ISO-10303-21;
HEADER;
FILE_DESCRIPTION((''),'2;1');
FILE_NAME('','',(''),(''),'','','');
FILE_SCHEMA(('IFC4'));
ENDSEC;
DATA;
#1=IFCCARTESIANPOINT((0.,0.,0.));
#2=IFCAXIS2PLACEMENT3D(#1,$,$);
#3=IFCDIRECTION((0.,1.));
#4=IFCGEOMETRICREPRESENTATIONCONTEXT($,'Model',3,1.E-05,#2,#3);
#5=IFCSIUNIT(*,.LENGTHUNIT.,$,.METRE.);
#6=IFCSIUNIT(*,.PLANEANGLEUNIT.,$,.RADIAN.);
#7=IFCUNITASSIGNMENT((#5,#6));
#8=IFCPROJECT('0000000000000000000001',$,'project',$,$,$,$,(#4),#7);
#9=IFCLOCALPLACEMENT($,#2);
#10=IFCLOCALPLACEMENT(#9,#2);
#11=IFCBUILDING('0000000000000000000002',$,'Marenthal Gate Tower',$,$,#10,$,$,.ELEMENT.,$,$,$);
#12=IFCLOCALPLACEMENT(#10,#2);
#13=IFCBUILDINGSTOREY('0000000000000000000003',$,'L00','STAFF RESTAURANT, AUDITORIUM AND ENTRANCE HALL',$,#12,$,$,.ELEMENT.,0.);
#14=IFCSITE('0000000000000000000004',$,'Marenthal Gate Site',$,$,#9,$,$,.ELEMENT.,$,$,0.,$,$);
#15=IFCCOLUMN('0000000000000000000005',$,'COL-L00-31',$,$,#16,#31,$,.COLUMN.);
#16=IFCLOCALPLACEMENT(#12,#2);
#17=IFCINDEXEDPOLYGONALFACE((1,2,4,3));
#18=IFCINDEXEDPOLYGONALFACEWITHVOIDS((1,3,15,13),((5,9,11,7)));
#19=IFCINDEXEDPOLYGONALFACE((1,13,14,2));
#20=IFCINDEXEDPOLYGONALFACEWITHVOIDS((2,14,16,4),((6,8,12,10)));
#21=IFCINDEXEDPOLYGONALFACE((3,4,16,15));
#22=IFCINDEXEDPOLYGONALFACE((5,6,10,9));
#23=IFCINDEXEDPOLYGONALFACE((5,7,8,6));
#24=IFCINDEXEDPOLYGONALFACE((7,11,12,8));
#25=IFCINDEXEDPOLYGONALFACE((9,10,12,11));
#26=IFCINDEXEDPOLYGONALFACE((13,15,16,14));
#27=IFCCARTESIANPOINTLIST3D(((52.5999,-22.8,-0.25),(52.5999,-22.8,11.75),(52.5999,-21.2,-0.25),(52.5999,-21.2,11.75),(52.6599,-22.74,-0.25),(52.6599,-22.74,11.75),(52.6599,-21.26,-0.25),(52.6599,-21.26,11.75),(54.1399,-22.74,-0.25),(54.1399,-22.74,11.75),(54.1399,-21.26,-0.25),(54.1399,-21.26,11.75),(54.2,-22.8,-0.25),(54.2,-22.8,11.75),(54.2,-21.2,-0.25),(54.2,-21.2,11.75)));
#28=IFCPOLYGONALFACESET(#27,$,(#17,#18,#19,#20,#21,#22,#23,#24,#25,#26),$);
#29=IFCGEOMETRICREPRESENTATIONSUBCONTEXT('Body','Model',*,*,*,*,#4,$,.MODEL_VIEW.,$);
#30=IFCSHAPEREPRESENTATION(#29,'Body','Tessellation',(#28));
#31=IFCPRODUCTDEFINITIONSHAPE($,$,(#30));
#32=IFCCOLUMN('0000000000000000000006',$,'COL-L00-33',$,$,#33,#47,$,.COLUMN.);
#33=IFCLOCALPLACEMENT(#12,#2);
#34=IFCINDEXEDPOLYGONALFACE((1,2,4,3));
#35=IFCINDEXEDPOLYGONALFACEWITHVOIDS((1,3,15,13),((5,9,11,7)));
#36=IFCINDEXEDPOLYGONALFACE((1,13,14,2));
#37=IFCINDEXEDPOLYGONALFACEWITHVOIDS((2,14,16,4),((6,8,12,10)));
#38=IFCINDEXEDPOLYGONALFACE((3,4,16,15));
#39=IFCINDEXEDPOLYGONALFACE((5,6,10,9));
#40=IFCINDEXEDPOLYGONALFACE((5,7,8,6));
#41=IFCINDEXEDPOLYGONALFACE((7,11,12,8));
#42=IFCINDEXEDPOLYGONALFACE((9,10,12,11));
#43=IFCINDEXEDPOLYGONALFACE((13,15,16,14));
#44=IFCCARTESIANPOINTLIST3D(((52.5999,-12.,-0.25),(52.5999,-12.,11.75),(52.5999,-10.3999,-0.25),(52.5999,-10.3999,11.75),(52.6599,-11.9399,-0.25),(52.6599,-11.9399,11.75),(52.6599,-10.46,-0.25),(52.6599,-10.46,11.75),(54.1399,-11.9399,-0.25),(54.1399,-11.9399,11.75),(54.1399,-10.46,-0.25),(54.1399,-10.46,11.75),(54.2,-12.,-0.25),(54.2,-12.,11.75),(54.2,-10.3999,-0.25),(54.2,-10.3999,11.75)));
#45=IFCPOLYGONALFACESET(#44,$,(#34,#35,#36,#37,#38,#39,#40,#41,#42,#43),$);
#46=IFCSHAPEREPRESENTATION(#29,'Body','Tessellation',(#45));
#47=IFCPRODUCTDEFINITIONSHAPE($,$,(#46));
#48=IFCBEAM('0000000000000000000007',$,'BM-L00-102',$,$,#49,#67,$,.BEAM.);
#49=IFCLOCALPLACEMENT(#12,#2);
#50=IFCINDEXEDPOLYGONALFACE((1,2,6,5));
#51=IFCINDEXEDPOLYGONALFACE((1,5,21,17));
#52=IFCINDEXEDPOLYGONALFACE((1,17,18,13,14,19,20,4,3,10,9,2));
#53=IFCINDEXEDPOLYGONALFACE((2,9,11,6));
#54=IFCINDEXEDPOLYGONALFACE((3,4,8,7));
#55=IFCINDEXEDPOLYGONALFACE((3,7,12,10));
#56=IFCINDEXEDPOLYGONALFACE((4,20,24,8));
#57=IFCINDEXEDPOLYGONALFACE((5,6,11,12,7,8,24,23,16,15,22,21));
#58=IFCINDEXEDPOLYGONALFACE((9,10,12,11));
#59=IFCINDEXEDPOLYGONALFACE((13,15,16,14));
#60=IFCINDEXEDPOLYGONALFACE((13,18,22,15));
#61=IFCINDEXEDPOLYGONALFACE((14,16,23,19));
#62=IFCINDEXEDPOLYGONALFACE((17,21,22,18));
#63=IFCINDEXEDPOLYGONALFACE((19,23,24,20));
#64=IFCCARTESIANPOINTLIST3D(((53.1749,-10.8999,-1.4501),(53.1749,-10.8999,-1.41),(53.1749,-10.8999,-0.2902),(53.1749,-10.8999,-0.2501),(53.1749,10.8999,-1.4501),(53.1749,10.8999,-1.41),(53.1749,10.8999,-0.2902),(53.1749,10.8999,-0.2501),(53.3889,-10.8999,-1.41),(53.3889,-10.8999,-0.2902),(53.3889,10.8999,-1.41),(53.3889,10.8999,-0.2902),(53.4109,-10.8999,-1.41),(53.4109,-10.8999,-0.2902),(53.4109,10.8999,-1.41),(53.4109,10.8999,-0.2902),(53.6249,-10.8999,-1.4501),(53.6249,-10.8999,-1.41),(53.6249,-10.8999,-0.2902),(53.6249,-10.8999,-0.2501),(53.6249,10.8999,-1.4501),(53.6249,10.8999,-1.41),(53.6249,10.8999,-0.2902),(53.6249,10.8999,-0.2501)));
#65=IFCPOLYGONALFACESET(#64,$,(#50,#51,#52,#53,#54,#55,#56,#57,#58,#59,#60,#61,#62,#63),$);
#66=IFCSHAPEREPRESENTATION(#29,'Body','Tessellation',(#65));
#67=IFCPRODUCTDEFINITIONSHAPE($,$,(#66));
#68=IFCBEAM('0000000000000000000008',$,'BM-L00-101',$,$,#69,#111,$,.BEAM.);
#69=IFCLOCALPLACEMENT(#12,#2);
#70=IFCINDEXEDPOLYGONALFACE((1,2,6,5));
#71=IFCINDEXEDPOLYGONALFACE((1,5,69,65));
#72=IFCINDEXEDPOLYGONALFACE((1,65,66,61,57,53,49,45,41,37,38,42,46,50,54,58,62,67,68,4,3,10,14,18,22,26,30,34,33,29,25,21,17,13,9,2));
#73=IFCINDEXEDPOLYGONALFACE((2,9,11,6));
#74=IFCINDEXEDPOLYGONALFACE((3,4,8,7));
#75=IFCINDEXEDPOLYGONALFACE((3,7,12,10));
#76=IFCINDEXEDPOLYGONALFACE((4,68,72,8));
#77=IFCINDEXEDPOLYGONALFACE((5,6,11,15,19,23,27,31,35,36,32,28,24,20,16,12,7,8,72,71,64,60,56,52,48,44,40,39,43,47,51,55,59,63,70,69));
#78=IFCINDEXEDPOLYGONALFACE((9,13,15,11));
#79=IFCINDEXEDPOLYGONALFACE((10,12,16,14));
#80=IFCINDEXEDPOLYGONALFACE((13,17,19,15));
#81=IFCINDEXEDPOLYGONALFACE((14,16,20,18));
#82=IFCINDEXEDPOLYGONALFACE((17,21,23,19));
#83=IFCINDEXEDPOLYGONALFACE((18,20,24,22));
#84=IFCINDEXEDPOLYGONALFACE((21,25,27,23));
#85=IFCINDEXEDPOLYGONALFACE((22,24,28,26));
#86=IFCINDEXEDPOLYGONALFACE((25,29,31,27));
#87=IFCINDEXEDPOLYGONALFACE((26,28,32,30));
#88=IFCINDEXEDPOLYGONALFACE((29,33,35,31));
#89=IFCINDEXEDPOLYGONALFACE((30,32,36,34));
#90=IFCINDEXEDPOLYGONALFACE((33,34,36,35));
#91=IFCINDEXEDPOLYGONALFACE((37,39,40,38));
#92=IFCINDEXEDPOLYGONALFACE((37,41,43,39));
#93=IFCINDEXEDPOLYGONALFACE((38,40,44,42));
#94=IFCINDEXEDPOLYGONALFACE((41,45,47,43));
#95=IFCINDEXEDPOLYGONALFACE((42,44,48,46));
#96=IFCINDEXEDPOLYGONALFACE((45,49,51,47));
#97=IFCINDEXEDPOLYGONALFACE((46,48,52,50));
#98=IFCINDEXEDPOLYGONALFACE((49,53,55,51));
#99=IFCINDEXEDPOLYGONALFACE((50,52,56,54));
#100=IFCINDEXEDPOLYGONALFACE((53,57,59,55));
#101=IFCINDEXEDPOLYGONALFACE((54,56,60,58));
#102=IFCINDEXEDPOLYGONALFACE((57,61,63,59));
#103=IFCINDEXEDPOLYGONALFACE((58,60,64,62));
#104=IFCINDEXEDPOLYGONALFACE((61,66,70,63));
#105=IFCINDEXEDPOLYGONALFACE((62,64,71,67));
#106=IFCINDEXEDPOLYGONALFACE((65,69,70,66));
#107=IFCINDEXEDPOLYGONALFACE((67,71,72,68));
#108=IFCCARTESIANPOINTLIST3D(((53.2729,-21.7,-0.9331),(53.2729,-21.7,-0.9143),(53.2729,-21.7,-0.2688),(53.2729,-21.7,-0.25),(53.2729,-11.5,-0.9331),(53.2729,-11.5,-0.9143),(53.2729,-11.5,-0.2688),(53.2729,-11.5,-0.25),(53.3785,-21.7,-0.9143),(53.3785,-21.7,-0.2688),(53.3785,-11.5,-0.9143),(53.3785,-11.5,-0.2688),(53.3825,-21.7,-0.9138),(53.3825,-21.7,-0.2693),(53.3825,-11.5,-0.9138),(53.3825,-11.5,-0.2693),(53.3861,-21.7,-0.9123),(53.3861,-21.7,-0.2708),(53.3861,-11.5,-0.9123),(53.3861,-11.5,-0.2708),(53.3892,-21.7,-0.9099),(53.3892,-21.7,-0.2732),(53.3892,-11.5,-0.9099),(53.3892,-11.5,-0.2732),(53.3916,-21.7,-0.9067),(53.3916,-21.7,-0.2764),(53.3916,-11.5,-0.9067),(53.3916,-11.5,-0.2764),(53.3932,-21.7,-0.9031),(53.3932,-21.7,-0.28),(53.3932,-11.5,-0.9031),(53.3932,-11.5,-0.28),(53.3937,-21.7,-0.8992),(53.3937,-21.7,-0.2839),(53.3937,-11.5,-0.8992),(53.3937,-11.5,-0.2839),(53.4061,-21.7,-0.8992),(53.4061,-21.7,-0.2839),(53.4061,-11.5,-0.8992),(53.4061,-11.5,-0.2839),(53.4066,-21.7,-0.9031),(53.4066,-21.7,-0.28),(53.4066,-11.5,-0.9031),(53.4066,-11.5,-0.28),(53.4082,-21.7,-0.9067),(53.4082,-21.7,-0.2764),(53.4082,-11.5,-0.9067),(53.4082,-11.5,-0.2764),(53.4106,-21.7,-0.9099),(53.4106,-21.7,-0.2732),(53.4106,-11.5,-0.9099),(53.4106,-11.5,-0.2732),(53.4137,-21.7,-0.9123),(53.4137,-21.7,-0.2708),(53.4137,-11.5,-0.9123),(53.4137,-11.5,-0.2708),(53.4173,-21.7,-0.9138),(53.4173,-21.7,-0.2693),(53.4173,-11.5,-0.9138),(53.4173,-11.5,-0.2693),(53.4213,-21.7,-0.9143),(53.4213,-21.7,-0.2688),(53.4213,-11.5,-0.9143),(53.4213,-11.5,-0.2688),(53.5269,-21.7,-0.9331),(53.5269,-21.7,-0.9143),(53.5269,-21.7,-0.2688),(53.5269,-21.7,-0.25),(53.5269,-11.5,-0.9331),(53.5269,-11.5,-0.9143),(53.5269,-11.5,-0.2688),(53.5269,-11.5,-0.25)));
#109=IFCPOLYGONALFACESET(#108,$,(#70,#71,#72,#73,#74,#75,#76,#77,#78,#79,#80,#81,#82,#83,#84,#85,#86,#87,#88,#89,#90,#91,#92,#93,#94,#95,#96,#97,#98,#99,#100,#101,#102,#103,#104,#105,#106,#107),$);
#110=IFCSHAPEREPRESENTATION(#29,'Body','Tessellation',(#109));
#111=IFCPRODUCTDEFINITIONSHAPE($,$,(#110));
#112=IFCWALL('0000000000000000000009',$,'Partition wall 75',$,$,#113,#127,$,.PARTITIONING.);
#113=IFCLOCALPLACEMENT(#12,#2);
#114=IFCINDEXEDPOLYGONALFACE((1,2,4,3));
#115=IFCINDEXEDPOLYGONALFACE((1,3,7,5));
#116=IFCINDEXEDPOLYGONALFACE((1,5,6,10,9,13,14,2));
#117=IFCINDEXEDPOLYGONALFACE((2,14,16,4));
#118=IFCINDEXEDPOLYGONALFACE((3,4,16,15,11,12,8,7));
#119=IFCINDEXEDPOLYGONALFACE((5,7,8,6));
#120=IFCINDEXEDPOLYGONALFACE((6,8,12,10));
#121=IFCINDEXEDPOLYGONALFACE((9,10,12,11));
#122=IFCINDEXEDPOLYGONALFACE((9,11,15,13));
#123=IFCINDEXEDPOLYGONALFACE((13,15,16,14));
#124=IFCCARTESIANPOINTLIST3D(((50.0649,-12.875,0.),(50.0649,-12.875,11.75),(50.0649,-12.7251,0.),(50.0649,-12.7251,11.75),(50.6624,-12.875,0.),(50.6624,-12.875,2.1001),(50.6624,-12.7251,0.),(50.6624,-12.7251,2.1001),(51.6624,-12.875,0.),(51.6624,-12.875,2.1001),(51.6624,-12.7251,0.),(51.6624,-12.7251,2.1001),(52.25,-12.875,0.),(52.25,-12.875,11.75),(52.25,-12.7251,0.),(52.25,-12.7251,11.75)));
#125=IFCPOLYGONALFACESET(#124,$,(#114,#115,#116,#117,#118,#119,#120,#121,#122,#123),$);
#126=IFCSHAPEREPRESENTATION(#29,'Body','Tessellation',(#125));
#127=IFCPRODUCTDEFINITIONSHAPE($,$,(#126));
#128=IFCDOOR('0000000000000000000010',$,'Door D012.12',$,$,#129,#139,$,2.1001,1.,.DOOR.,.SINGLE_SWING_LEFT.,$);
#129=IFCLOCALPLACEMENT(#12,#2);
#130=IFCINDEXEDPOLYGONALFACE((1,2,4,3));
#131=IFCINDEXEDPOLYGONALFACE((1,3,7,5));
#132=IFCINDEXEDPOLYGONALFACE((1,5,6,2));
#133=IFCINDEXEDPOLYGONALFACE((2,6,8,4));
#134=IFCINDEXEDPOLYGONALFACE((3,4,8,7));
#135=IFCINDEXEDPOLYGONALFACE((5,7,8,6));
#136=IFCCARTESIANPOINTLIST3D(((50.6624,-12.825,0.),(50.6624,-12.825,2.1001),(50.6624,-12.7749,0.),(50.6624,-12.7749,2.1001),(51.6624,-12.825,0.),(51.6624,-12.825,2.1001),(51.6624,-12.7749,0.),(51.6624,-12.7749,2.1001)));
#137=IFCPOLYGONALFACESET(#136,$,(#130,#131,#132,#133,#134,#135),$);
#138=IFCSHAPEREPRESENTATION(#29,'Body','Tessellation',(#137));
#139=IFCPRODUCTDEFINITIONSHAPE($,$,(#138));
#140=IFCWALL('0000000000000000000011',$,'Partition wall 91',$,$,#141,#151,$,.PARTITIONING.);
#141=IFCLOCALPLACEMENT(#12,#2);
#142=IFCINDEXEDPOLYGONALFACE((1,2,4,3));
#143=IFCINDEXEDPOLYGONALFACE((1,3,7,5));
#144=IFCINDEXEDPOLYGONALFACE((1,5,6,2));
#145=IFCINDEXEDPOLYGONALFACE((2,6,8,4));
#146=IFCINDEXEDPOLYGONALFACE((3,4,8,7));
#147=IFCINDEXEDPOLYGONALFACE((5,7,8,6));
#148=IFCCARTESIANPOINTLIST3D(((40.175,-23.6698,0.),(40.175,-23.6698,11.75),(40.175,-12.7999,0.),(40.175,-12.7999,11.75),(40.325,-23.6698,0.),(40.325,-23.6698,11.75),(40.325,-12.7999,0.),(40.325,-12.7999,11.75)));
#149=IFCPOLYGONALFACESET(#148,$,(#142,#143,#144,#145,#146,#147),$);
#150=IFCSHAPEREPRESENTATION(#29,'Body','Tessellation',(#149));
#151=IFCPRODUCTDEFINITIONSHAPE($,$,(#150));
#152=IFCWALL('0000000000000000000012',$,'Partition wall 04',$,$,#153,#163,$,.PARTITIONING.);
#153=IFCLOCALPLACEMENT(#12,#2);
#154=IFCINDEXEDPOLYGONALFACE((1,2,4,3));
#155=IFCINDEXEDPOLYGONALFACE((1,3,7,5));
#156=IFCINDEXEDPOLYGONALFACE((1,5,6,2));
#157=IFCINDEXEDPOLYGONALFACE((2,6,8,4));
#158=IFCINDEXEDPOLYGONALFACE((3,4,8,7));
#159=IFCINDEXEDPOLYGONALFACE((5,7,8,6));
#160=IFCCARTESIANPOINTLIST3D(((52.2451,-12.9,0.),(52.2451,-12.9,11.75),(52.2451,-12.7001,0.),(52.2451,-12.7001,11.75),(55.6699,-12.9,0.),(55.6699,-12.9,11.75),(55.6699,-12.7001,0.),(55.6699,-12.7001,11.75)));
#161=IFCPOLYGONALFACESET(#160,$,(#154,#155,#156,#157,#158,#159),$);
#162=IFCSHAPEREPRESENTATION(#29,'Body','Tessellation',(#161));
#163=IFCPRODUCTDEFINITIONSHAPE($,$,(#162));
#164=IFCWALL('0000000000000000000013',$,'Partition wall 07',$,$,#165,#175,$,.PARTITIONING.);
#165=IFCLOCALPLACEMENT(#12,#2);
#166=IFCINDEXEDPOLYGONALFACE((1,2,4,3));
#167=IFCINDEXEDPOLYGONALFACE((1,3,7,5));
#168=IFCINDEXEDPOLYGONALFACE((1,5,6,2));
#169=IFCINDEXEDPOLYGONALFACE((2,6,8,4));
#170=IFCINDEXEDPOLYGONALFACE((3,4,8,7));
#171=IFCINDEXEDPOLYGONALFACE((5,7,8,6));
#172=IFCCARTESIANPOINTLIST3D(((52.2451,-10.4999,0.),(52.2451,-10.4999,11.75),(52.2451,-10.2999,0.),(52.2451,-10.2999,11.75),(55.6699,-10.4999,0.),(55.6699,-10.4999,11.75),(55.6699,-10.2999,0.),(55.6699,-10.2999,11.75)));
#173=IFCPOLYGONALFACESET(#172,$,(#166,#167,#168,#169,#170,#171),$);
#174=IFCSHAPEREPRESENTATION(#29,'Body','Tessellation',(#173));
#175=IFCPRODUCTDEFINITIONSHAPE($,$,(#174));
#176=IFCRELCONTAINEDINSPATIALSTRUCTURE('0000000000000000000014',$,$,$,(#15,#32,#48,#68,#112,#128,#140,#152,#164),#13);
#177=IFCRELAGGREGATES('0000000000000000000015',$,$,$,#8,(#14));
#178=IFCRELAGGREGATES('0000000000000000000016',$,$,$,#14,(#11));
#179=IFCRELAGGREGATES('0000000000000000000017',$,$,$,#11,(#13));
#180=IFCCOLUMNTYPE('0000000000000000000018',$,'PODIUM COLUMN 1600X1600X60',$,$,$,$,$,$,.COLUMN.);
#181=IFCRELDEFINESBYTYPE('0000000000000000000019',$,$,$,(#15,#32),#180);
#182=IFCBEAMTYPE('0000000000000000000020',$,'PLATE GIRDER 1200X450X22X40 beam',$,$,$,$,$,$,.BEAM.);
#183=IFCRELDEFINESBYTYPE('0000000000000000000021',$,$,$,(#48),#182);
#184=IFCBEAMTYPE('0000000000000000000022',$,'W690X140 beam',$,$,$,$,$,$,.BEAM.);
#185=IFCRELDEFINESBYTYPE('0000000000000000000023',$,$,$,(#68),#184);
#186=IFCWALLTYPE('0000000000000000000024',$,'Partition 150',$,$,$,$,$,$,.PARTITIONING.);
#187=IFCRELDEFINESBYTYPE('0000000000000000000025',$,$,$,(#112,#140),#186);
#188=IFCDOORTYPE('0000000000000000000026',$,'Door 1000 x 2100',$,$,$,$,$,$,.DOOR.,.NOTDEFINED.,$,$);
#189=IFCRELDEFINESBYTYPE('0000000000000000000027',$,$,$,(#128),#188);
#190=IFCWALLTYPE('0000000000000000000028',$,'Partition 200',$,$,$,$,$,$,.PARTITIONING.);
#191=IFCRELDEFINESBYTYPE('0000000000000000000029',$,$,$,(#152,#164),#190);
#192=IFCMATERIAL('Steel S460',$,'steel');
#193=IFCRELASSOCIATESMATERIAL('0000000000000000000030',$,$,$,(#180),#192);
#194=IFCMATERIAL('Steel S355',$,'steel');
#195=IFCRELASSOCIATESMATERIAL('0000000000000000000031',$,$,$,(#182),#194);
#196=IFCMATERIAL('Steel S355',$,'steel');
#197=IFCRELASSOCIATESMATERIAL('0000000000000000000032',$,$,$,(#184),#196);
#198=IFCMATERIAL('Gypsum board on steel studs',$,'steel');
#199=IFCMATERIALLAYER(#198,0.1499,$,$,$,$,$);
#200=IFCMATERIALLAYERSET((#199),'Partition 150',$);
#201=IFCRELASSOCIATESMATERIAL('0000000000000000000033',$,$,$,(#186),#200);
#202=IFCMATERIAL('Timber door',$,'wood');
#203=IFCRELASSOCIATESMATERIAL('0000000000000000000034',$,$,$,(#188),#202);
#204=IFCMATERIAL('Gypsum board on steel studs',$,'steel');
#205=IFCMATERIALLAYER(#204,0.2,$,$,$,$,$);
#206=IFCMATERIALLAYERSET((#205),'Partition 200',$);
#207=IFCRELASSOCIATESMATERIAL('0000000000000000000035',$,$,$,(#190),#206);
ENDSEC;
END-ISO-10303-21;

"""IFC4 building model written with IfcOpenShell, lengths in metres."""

from ifc_helpers import new_model, si_unit, direction, frame, frame_2d, origin, origin_2d, place, context, subcontext, project, spatial, rectangle, hollow_rectangle, i_section, extrude, material, layer, layer_set, material_profile, profile_set, type_object, element, fill, save


model = new_model("IFC4")

# Units and contexts
model_context = context("Model", 3, precision=1e-05, world=origin(), true_north=direction((0.0, 1.0)))
body_context = subcontext(model_context, "Body", "Model", "MODEL_VIEW")
ifc_project = project(units=[si_unit("LENGTHUNIT", "METRE"), si_unit("PLANEANGLEUNIT", "RADIAN")], contexts=[model_context])

# Site, building, storey
site_placement = place(None, origin())
site = spatial("IfcSite", under=ifc_project, at=site_placement, Name="Marenthal Gate Site", CompositionType="ELEMENT", RefElevation=0.0)
building_placement = place(site_placement, origin())
building = spatial("IfcBuilding", under=site, at=building_placement, Name="Marenthal Gate Tower", CompositionType="ELEMENT")
storey_placement = place(building_placement, origin())
storey = spatial("IfcBuildingStorey", under=building, at=storey_placement, Name="L00", Description="STAFF RESTAURANT, AUDITORIUM AND ENTRANCE HALL", CompositionType="ELEMENT", Elevation=0.0)

# Columns
ifc_material_1 = material(Name="Steel S460", Category="steel")
ifc_material_profile_1 = material_profile(ifc_material_1, hollow_rectangle(XDim=1.6001, YDim=1.6001, WallThickness=0.0601, at=origin_2d()), Name="CFT BOX 1600X1600X60")
ifc_material_2 = material(Name="Concrete 70 MPa", Category="concrete")
ifc_material_profile_2 = material_profile(ifc_material_2, rectangle(XDim=1.48, YDim=1.48, at=origin_2d()), Name="CFT BOX 1600X1600X60 INFILL")
ifc_profile_set_1 = profile_set([ifc_material_profile_1, ifc_material_profile_2], Name="Steel S460 shell, Concrete 70 MPa infill")
column_type = type_object("IfcColumnType", Name="PODIUM COLUMN 1600X1600X60", PredefinedType="COLUMN", material=ifc_profile_set_1)
for number, where, z_axis, x_axis, name in (
    (1, (53.3999, -22.0, -0.25), (0.0, 0.0, 1.0), (1.0, 0.0, 0.0), "COL-L00-31"),
    (2, (53.3999, -11.2, -0.25), (0.0, 0.0, 1.0), (1.0, 0.0, 0.0), "COL-L00-33"),
):
    element("IfcColumn", number, at=place(storey_placement, frame(where, z_axis=z_axis, x_axis=x_axis)), inside=storey, type_object=column_type, Name=name, PredefinedType="COLUMN", context=body_context, shape_type="SweptSolid", body=[
        extrude(hollow_rectangle(XDim=1.6001, YDim=1.6001, WallThickness=0.0601, at=origin_2d()), origin(), (0.0, 0.0, 1.0), 12.0),
    ])

# Beams
ifc_material_3 = material(Name="Steel S355", Category="steel")
ifc_material_profile_3 = material_profile(ifc_material_3, i_section(OverallWidth=0.45, OverallDepth=1.2, WebThickness=0.022, FlangeThickness=0.04, at=origin_2d()), Name="PLATE GIRDER 1200X450X22X40")
ifc_profile_set_2 = profile_set([ifc_material_profile_3], Name="Steel S355")
beam_type_1 = type_object("IfcBeamType", Name="PLATE GIRDER 1200X450X22X40 beam", PredefinedType="BEAM", material=ifc_profile_set_2)
beam_1_placement = place(storey_placement, frame((53.3999, -10.8999, -0.8501), z_axis=(0.0, 1.0, 0.0), x_axis=(-1.0, 0.0, 0.0)))
element("IfcBeam", 3, at=beam_1_placement, inside=storey, type_object=beam_type_1, Name="BM-L00-102", PredefinedType="BEAM", context=body_context, shape_type="SweptSolid", body=[
    extrude(i_section(OverallWidth=0.45, OverallDepth=1.2, WebThickness=0.022, FlangeThickness=0.04, at=origin_2d()), origin(), (0.0, 0.0, 1.0), 21.7998),
])
ifc_material_4 = material(Name="Steel S355", Category="steel")
ifc_material_profile_4 = material_profile(ifc_material_4, i_section(OverallWidth=0.2539, OverallDepth=0.6831, WebThickness=0.0125, FlangeThickness=0.0188, FilletRadius=0.0151, at=origin_2d()), Name="W690X140")
ifc_profile_set_3 = profile_set([ifc_material_profile_4], Name="Steel S355")
beam_type_2 = type_object("IfcBeamType", Name="W690X140 beam", PredefinedType="BEAM", material=ifc_profile_set_3)
beam_2_placement = place(storey_placement, frame((53.3999, -21.7, -0.5916), z_axis=(0.0, 1.0, 0.0), x_axis=(-1.0, 0.0, 0.0)))
element("IfcBeam", 4, at=beam_2_placement, inside=storey, type_object=beam_type_2, Name="BM-L00-101", PredefinedType="BEAM", context=body_context, shape_type="SweptSolid", body=[
    extrude(i_section(OverallWidth=0.2539, OverallDepth=0.6831, WebThickness=0.0125, FlangeThickness=0.0188, FilletRadius=0.0151, at=origin_2d()), origin(), (0.0, 0.0, 1.0), 10.2),
])

# Wall, opening, door
ifc_material_5 = material(Name="Gypsum board on steel studs", Category="steel")
ifc_layer_1 = layer(ifc_material_5, 0.1499)
ifc_layer_set_1 = layer_set([ifc_layer_1], Name="Partition 150")
wall_type_1 = type_object("IfcWallType", Name="Partition 150", PredefinedType="PARTITIONING", material=ifc_layer_set_1)
wall_1_placement = place(storey_placement, frame((50.0649, -12.8, 0.0), z_axis=(0.0, 0.0, 1.0), x_axis=(1.0, 0.0, 0.0)))
wall_1 = element("IfcWall", 5, at=wall_1_placement, inside=storey, type_object=wall_type_1, Name="Partition wall 75", PredefinedType="PARTITIONING", context=body_context, shape_type="SweptSolid", body=[
    extrude(rectangle(XDim=2.1851, YDim=0.1499, at=frame_2d((1.0925, 0.0))), origin(), (0.0, 0.0, 1.0), 11.75),
])
opening_1_placement = place(wall_1_placement, frame((0.5974, 0.0, 0.0)))
opening_1 = element("IfcOpeningElement", 6, at=opening_1_placement, cuts=wall_1, PredefinedType="OPENING", context=body_context, shape_type="SweptSolid", body=[
    extrude(rectangle(XDim=1.0, YDim=2.1001, at=frame_2d((0.5, 1.05))), frame((0.0, 0.085, 0.0), z_axis=(0.0, -1.0, 0.0), x_axis=(1.0, 0.0, 0.0)), (0.0, 0.0, 1.0), 0.1699),
])
ifc_material_6 = material(Name="Timber door", Category="wood")
door_type_1 = type_object("IfcDoorType", Name="Door 1000 x 2100", OperationType="NOTDEFINED", PredefinedType="DOOR", material=ifc_material_6)
door_1_placement = place(opening_1_placement, frame((1.0, 0.0, 0.0), z_axis=(0.0, 0.0, 1.0), x_axis=(-1.0, 0.0, 0.0)))
door_1 = element("IfcDoor", 7, at=door_1_placement, inside=storey, type_object=door_type_1, Name="Door D012.12", OperationType="SINGLE_SWING_LEFT", OverallHeight=2.1001, OverallWidth=1.0, PredefinedType="DOOR", context=body_context, shape_type="SweptSolid", body=[
    extrude(rectangle(XDim=1.0, YDim=2.1001, at=frame_2d((0.5, 1.05))), frame((0.0, 0.0249, 0.0), z_axis=(0.0, -1.0, 0.0), x_axis=(1.0, 0.0, 0.0)), (0.0, 0.0, 1.0), 0.05),
])
fill(opening_1, door_1)

# Walls
wall_2_placement = place(storey_placement, frame((40.25, -23.6699, 0.0), z_axis=(0.0, 0.0, 1.0), x_axis=(0.0, 1.0, 0.0)))
element("IfcWall", 8, at=wall_2_placement, inside=storey, type_object=wall_type_1, Name="Partition wall 91", PredefinedType="PARTITIONING", context=body_context, shape_type="SweptSolid", body=[
    extrude(rectangle(XDim=10.8699, YDim=0.1499, at=frame_2d((5.4351, 0.0))), origin(), (0.0, 0.0, 1.0), 11.75),
])
ifc_material_7 = material(Name="Gypsum board on steel studs", Category="steel")
ifc_layer_2 = layer(ifc_material_7, 0.2)
ifc_layer_set_2 = layer_set([ifc_layer_2], Name="Partition 200")
wall_type_2 = type_object("IfcWallType", Name="Partition 200", PredefinedType="PARTITIONING", material=ifc_layer_set_2)
for number, where, z_axis, x_axis, name in (
    (9, (52.2451, -12.8, 0.0), (0.0, 0.0, 1.0), (1.0, 0.0, 0.0), "Partition wall 04"),
    (10, (52.2451, -10.3999, 0.0), (0.0, 0.0, 1.0), (1.0, 0.0, 0.0), "Partition wall 07"),
):
    element("IfcWall", number, at=place(storey_placement, frame(where, z_axis=z_axis, x_axis=x_axis)), inside=storey, type_object=wall_type_2, Name=name, PredefinedType="PARTITIONING", context=body_context, shape_type="SweptSolid", body=[
        extrude(rectangle(XDim=3.4248, YDim=0.2, at=frame_2d((1.7124, 0.0))), origin(), (0.0, 0.0, 1.0), 11.75),
    ])

save(model, "model.ifc")
